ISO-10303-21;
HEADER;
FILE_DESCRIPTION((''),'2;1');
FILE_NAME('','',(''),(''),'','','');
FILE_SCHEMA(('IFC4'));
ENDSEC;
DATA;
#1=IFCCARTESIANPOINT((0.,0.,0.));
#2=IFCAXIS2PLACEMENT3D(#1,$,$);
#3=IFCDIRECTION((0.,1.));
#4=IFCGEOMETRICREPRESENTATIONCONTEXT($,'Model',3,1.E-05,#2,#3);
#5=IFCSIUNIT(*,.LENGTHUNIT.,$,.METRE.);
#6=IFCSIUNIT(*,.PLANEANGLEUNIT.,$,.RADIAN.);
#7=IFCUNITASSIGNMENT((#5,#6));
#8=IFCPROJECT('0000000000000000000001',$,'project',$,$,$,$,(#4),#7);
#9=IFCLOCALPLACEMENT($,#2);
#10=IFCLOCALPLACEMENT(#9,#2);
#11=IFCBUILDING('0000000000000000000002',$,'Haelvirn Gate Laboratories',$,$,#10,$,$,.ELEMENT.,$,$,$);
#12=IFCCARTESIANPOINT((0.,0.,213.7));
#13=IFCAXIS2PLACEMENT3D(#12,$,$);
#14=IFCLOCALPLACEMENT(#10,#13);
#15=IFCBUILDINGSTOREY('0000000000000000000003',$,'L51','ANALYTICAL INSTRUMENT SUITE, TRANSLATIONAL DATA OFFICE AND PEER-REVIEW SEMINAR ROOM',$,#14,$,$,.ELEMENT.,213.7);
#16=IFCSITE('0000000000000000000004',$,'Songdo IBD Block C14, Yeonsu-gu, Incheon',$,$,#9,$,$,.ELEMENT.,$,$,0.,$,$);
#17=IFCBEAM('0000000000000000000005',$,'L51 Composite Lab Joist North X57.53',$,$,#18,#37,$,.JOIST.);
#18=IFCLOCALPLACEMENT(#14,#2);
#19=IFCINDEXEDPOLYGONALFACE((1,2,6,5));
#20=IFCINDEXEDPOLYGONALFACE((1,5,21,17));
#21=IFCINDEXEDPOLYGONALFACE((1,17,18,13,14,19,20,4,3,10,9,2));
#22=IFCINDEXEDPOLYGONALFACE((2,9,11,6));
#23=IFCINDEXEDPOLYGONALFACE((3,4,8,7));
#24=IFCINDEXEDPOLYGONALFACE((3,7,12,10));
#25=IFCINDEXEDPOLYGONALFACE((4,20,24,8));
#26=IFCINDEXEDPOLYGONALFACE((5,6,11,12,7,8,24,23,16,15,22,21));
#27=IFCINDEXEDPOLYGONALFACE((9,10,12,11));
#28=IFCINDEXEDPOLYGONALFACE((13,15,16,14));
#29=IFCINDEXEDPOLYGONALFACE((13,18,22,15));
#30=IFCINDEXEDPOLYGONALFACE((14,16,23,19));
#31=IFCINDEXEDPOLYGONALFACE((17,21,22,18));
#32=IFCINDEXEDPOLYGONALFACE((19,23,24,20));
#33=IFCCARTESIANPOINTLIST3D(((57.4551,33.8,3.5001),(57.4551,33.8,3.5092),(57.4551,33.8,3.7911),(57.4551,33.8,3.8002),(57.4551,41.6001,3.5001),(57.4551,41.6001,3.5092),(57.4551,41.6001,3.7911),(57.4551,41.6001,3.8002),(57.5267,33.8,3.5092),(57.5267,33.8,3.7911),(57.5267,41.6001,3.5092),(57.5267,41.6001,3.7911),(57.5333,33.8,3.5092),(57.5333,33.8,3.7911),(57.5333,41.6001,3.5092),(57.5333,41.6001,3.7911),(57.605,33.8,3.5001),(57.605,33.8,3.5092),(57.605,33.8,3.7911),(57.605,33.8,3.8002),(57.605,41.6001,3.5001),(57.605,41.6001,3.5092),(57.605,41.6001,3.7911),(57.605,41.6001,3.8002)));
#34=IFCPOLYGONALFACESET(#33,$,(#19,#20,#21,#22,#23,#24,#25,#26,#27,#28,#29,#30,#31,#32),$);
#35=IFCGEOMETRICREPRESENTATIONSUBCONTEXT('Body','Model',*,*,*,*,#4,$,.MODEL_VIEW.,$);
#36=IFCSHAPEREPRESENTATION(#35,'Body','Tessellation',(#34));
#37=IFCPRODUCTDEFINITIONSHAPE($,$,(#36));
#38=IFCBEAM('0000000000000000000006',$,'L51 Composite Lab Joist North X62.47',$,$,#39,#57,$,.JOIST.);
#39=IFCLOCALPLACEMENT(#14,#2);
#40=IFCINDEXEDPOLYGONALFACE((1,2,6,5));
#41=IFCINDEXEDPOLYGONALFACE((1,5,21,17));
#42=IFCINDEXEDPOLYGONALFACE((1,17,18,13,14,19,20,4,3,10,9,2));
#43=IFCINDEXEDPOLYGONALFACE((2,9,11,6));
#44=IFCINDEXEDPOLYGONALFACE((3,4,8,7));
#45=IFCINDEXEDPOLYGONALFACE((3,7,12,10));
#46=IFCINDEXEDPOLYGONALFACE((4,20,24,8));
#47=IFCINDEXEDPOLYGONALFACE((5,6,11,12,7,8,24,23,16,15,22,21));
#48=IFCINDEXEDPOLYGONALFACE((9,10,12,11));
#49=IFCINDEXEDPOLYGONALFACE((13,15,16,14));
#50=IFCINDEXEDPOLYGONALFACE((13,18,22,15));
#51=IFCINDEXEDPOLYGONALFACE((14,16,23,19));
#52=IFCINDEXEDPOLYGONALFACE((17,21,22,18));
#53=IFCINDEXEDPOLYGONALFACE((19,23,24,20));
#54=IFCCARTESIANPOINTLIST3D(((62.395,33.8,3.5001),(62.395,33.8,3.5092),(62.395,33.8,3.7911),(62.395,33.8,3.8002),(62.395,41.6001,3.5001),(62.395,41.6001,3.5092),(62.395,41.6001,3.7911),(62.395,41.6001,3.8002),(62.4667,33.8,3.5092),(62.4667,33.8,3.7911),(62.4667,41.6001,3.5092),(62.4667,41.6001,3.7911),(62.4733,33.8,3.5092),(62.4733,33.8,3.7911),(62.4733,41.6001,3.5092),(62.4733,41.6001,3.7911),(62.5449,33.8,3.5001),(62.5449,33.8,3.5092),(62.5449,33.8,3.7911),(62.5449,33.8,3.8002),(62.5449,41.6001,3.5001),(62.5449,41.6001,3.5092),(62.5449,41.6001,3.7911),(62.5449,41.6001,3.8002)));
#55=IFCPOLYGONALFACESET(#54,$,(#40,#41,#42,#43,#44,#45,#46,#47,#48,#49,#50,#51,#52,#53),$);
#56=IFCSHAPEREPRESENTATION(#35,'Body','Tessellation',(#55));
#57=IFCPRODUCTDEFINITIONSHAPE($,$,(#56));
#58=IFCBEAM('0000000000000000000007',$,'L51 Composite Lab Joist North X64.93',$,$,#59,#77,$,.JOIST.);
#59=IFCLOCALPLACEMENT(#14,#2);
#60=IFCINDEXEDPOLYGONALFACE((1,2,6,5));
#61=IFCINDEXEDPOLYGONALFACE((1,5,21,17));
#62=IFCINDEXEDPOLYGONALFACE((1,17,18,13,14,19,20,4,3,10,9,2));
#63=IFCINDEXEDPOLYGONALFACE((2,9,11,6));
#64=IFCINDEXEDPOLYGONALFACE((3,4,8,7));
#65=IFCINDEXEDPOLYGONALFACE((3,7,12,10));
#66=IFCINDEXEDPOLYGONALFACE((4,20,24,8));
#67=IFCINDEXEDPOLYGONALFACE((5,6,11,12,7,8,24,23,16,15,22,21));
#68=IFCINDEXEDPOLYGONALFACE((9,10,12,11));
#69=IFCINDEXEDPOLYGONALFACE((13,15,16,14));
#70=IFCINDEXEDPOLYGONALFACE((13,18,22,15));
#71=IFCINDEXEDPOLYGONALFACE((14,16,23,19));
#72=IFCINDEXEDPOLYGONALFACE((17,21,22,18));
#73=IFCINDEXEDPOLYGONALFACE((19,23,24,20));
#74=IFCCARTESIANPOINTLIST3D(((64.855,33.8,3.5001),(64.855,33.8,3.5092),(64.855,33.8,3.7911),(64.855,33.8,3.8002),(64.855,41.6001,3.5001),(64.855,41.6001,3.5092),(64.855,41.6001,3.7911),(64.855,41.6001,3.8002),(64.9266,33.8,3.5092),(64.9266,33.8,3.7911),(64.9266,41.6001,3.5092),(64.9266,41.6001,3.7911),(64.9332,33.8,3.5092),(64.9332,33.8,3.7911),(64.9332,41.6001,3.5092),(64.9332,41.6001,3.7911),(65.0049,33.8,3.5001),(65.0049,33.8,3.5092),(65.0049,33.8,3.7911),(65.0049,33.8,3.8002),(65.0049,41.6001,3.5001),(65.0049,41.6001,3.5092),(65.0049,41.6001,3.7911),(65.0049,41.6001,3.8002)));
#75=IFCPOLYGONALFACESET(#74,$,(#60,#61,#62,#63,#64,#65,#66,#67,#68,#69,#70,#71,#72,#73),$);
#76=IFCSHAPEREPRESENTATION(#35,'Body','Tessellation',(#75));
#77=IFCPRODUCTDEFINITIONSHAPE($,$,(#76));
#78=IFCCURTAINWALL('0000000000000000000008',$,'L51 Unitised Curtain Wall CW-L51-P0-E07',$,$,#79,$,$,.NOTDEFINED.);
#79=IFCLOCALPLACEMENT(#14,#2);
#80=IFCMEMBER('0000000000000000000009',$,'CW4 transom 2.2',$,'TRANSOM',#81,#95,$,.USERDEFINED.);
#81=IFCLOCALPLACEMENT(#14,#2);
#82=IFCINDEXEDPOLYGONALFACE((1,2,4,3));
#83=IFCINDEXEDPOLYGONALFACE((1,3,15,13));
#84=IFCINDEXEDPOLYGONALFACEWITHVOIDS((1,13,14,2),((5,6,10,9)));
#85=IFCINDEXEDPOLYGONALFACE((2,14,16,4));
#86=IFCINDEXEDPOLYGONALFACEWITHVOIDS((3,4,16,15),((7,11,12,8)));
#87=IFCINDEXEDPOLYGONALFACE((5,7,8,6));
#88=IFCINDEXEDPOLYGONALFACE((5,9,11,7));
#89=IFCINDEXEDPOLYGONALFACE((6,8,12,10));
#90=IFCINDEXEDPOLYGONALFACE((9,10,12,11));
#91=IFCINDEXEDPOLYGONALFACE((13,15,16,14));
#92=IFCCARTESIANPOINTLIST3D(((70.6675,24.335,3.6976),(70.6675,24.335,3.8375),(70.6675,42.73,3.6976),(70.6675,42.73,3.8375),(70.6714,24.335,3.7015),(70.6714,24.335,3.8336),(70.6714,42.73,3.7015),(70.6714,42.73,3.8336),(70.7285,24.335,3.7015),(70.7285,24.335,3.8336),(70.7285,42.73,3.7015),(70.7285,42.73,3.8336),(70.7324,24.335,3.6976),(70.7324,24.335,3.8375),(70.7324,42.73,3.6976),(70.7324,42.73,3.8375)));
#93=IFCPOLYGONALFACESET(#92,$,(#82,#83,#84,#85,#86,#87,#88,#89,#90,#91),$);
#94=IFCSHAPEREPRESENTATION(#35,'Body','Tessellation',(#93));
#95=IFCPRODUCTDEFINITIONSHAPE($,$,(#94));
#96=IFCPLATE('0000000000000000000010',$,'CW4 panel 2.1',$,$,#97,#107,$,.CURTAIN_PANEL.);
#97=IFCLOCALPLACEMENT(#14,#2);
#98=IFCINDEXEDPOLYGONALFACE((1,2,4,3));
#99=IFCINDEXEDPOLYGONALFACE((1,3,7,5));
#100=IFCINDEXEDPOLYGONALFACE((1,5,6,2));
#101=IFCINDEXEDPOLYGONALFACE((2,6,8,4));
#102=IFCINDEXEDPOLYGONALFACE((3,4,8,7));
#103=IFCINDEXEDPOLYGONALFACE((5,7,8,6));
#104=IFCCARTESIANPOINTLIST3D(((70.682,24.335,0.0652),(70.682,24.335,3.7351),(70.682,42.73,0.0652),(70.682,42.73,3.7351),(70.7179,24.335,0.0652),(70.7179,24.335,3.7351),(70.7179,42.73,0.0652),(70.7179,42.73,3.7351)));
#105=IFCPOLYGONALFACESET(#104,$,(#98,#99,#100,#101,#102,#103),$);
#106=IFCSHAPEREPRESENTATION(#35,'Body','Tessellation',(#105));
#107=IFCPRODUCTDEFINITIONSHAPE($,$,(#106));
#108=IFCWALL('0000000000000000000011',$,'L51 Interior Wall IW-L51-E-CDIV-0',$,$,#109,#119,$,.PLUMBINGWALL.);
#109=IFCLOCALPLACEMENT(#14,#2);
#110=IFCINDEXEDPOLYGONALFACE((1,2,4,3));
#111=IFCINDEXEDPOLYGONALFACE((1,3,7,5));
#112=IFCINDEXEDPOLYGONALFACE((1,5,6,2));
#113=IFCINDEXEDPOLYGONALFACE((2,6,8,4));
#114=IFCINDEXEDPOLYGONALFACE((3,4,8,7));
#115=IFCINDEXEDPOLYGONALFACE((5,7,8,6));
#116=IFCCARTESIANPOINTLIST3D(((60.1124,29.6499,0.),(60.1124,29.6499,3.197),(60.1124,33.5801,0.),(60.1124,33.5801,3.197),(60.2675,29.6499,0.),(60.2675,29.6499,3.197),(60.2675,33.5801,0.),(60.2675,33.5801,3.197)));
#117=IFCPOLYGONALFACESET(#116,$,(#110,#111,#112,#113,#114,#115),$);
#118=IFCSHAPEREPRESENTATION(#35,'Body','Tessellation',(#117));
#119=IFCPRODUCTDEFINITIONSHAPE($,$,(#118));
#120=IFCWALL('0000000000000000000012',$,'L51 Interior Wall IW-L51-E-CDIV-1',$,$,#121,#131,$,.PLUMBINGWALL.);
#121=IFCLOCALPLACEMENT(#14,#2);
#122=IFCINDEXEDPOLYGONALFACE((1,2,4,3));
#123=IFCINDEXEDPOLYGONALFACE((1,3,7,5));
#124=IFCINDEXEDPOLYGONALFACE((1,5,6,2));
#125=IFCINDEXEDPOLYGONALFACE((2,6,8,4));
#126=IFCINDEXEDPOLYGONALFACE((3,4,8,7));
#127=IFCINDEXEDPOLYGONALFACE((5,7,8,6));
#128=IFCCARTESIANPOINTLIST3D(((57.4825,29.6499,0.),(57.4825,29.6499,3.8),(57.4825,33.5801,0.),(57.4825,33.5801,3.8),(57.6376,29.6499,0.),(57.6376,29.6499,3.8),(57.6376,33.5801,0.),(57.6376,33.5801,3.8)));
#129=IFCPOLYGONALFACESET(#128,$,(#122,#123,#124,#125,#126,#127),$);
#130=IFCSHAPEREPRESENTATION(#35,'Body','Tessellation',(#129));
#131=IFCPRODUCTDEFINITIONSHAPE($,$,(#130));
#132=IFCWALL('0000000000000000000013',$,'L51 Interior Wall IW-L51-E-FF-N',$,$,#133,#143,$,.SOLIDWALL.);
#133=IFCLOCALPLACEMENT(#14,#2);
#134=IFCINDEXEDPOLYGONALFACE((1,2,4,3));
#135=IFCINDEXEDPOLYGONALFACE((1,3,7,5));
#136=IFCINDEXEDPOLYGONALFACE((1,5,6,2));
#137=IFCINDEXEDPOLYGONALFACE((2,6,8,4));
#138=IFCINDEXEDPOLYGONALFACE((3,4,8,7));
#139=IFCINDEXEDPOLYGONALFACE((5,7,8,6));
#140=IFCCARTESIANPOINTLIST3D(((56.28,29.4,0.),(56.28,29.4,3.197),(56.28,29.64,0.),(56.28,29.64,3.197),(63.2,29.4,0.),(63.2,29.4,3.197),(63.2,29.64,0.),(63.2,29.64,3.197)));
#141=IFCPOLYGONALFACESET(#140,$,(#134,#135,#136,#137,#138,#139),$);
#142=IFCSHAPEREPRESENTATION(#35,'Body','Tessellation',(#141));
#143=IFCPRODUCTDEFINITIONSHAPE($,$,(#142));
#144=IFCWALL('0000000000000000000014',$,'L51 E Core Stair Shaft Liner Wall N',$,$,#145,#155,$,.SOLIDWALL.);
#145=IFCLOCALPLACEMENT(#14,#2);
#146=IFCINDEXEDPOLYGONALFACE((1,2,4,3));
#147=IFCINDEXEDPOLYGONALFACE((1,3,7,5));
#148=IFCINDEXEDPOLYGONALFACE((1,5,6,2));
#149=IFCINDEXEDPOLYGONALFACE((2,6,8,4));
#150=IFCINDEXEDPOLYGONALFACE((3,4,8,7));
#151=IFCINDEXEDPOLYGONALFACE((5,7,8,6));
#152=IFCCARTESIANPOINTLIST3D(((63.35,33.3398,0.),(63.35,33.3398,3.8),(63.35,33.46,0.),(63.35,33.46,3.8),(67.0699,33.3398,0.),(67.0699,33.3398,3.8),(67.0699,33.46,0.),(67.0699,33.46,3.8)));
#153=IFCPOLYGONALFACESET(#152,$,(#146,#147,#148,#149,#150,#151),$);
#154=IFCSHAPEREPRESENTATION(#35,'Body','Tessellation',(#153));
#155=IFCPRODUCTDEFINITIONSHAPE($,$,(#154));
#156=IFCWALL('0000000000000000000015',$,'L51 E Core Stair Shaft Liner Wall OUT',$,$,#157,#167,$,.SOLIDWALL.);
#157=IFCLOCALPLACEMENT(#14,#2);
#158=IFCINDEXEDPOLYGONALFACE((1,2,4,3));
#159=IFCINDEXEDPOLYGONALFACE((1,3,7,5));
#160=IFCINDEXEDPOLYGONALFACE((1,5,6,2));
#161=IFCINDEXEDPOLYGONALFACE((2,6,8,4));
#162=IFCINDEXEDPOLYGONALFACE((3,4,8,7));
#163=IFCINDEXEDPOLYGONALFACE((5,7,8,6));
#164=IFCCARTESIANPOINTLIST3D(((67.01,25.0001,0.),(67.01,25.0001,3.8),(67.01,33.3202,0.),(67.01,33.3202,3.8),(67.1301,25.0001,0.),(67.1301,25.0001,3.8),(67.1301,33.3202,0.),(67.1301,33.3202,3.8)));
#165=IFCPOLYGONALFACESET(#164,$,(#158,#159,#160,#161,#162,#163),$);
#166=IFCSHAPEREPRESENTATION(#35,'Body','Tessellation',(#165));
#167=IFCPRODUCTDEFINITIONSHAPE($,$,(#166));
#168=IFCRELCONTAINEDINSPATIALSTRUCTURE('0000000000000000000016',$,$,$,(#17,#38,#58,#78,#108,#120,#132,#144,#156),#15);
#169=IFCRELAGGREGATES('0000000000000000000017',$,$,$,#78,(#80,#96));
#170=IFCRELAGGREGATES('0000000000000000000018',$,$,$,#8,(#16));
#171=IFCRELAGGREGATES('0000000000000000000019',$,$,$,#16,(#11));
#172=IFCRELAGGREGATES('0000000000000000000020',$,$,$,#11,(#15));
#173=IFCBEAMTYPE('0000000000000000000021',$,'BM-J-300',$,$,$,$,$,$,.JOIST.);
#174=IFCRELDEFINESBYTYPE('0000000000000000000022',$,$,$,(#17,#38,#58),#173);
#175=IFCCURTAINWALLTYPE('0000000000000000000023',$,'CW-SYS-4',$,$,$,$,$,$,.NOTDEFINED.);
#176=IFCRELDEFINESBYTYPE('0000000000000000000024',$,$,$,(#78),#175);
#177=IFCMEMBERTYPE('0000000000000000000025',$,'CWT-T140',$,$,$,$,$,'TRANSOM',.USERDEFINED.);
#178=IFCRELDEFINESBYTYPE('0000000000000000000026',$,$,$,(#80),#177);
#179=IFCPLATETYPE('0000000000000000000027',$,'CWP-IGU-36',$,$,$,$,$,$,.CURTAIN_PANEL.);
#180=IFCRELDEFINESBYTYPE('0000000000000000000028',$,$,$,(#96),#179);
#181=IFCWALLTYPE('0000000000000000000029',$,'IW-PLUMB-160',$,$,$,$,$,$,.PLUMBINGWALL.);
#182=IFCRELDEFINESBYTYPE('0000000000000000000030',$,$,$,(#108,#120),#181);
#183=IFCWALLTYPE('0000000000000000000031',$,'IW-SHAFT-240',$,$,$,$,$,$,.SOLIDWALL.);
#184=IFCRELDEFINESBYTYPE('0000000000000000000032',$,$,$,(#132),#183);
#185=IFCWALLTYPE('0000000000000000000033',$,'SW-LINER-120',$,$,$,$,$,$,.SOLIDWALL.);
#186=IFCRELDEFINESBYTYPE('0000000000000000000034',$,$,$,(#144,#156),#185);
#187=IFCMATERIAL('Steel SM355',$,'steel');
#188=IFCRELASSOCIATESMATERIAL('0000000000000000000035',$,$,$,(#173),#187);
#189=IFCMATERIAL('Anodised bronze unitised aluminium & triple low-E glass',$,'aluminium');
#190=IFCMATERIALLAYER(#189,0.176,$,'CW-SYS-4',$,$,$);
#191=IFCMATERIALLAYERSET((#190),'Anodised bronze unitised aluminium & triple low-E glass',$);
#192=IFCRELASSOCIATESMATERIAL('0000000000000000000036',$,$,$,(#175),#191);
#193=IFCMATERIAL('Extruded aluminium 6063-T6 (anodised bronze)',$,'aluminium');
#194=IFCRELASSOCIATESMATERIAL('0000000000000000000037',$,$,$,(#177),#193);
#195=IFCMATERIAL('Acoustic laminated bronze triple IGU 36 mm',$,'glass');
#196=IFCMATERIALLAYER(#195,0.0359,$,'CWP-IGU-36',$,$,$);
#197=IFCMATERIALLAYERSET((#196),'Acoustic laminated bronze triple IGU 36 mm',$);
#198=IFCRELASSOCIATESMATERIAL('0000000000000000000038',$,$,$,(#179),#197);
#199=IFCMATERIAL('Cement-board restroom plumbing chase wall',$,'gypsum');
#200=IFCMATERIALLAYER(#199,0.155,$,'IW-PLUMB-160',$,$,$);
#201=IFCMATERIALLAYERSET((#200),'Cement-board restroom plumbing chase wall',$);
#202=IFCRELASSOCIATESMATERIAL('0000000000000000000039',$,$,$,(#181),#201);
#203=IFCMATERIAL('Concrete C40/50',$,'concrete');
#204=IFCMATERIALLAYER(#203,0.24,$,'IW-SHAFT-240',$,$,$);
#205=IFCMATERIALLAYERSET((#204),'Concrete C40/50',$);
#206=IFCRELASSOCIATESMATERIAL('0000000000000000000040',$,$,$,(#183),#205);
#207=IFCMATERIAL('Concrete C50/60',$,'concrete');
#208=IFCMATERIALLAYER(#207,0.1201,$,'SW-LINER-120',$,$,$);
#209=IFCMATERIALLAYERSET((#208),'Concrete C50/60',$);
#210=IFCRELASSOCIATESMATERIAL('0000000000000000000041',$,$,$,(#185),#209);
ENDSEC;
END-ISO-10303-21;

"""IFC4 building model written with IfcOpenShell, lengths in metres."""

from ifc_helpers import new_model, si_unit, direction, frame, frame_2d, origin, origin_2d, place, context, subcontext, project, spatial, rectangle, hollow_rectangle, i_section, extrude, source, transform, mapped, material, layer, layer_set, material_profile, profile_set, type_object, type_shapes, element, aggregate, save


model = new_model("IFC4")

# Units and contexts
model_context = context("Model", 3, precision=1e-05, world=origin(), true_north=direction((0.0, 1.0)))
body_context = subcontext(model_context, "Body", "Model", "MODEL_VIEW")
ifc_project = project(units=[si_unit("LENGTHUNIT", "METRE"), si_unit("PLANEANGLEUNIT", "RADIAN")], contexts=[model_context])

# Site, building, storey
site_placement = place(None, origin())
site = spatial("IfcSite", under=ifc_project, at=site_placement, Name="Songdo IBD Block C14, Yeonsu-gu, Incheon", CompositionType="ELEMENT", RefElevation=0.0)
building_placement = place(site_placement, origin())
building = spatial("IfcBuilding", under=site, at=building_placement, Name="Haelvirn Gate Laboratories", CompositionType="ELEMENT")
storey_placement = place(building_placement, frame((0.0, 0.0, 213.7)))
storey = spatial("IfcBuildingStorey", under=building, at=storey_placement, Name="L51", Description="ANALYTICAL INSTRUMENT SUITE, TRANSLATIONAL DATA OFFICE AND PEER-REVIEW SEMINAR ROOM", CompositionType="ELEMENT", Elevation=213.7)

# Beams
ifc_material_1 = material(Name="Steel SM355", Category="steel")
ifc_material_profile_1 = material_profile(ifc_material_1, i_section(OverallWidth=0.1499, OverallDepth=0.3, WebThickness=0.0066, FlangeThickness=0.009, at=origin_2d()), Name="H-300x150x6.5x9")
ifc_profile_set_1 = profile_set([ifc_material_profile_1], Name="Steel SM355")
beam_type = type_object("IfcBeamType", Name="BM-J-300", PredefinedType="JOIST", material=ifc_profile_set_1)
shared_shape_1 = source(origin(), body_context, "Body", "SweptSolid", [
    extrude(i_section(OverallWidth=0.1499, OverallDepth=0.3, WebThickness=0.0066, FlangeThickness=0.009, at=origin_2d()), origin(), (0.0, 0.0, 1.0), 7.8),
])
type_shapes(beam_type, [shared_shape_1])
for number, where, z_axis, x_axis, name in (
    (1, (57.53, 33.8, 3.6501), (0.0, 1.0, 0.0), (-1.0, 0.0, 0.0), "L51 Composite Lab Joist North X57.53"),
    (2, (62.47, 33.8, 3.6501), (0.0, 1.0, 0.0), (-1.0, 0.0, 0.0), "L51 Composite Lab Joist North X62.47"),
    (3, (64.9299, 33.8, 3.6501), (0.0, 1.0, 0.0), (-1.0, 0.0, 0.0), "L51 Composite Lab Joist North X64.93"),
):
    element("IfcBeam", number, at=place(storey_placement, frame(where, z_axis=z_axis, x_axis=x_axis)), inside=storey, type_object=beam_type, Name=name, PredefinedType="JOIST", context=body_context, shape_type="MappedRepresentation", body=[
        mapped(shared_shape_1, transform((0.0, 0.0, 0.0), scale=1.0)),
    ])

# Curtain wall, member, plate
ifc_material_2 = material(Name="Anodised bronze unitised aluminium & triple low-E glass", Category="aluminium")
ifc_layer_1 = layer(ifc_material_2, 0.176, Name="CW-SYS-4")
ifc_layer_set_1 = layer_set([ifc_layer_1], Name="Anodised bronze unitised aluminium & triple low-E glass")
curtain_wall_type = type_object("IfcCurtainWallType", Name="CW-SYS-4", PredefinedType="NOTDEFINED", material=ifc_layer_set_1)
curtain_wall_placement = place(storey_placement, origin())
curtain_wall = element("IfcCurtainWall", 4, at=curtain_wall_placement, inside=storey, type_object=curtain_wall_type, Name="L51 Unitised Curtain Wall CW-L51-P0-E07", PredefinedType="NOTDEFINED")
ifc_material_3 = material(Name="Extruded aluminium 6063-T6 (anodised bronze)", Category="aluminium")
ifc_material_profile_2 = material_profile(ifc_material_3, hollow_rectangle(XDim=0.0649, YDim=0.1399, WallThickness=0.0039, at=origin_2d()), Name="CWT-140x65x4")
ifc_profile_set_2 = profile_set([ifc_material_profile_2], Name="Extruded aluminium 6063-T6 (anodised bronze)")
member_type = type_object("IfcMemberType", Name="CWT-T140", ElementType="TRANSOM", PredefinedType="USERDEFINED", material=ifc_profile_set_2)
shared_shape_2 = source(origin(), body_context, "Body", "SweptSolid", [
    extrude(hollow_rectangle(XDim=0.0649, YDim=0.1399, WallThickness=0.0039, at=origin_2d()), origin(), (0.0, 0.0, 1.0), 18.395),
])
type_shapes(member_type, [shared_shape_2])
member_placement = place(storey_placement, frame((70.7, 24.335, 3.7676), z_axis=(0.0, 1.0, 0.0), x_axis=(-1.0, 0.0, 0.0)))
member = element("IfcMember", 5, at=member_placement, type_object=member_type, Name="CW4 transom 2.2", ObjectType="TRANSOM", PredefinedType="USERDEFINED", context=body_context, shape_type="MappedRepresentation", body=[
    mapped(shared_shape_2, transform((0.0, 0.0, 0.0), scale=1.0)),
])
ifc_material_4 = material(Name="Acoustic laminated bronze triple IGU 36 mm", Category="glass")
ifc_layer_2 = layer(ifc_material_4, 0.0359, Name="CWP-IGU-36")
ifc_layer_set_2 = layer_set([ifc_layer_2], Name="Acoustic laminated bronze triple IGU 36 mm")
plate_type = type_object("IfcPlateType", Name="CWP-IGU-36", PredefinedType="CURTAIN_PANEL", material=ifc_layer_set_2)
shared_shape_3 = source(origin(), body_context, "Body", "SweptSolid", [
    extrude(rectangle(XDim=18.395, YDim=0.0359, at=origin_2d()), origin(), (0.0, 0.0, 1.0), 3.6699),
])
type_shapes(plate_type, [shared_shape_3])
plate_placement = place(storey_placement, frame((70.7, 33.5325, 0.0652), z_axis=(0.0, 0.0, 1.0), x_axis=(0.0, 1.0, 0.0)))
plate = element("IfcPlate", 6, at=plate_placement, type_object=plate_type, Name="CW4 panel 2.1", PredefinedType="CURTAIN_PANEL", context=body_context, shape_type="MappedRepresentation", body=[
    mapped(shared_shape_3, transform((0.0, 0.0, 0.0), scale=1.0)),
])
aggregate(curtain_wall, [member, plate])

# Walls
ifc_material_5 = material(Name="Cement-board restroom plumbing chase wall", Category="gypsum")
ifc_layer_3 = layer(ifc_material_5, 0.155, Name="IW-PLUMB-160")
ifc_layer_set_3 = layer_set([ifc_layer_3], Name="Cement-board restroom plumbing chase wall")
wall_type_1 = type_object("IfcWallType", Name="IW-PLUMB-160", PredefinedType="PLUMBINGWALL", material=ifc_layer_set_3)
wall_1_placement = place(storey_placement, frame((60.1899, 29.6499, 0.0), z_axis=(0.0, 0.0, 1.0), x_axis=(0.0, 1.0, 0.0)))
element("IfcWall", 7, at=wall_1_placement, inside=storey, type_object=wall_type_1, Name="L51 Interior Wall IW-L51-E-CDIV-0", PredefinedType="PLUMBINGWALL", context=body_context, shape_type="SweptSolid", body=[
    extrude(rectangle(XDim=3.9302, YDim=0.155, at=frame_2d((1.9651, 0.0))), origin(), (0.0, 0.0, 1.0), 3.197),
])
wall_2_placement = place(storey_placement, frame((57.5601, 29.6499, 0.0), z_axis=(0.0, 0.0, 1.0), x_axis=(0.0, 1.0, 0.0)))
element("IfcWall", 8, at=wall_2_placement, inside=storey, type_object=wall_type_1, Name="L51 Interior Wall IW-L51-E-CDIV-1", PredefinedType="PLUMBINGWALL", context=body_context, shape_type="SweptSolid", body=[
    extrude(rectangle(XDim=3.9302, YDim=0.155, at=frame_2d((1.9651, 0.0))), origin(), (0.0, 0.0, 1.0), 3.8),
])
ifc_material_6 = material(Name="Concrete C40/50", Category="concrete")
ifc_layer_4 = layer(ifc_material_6, 0.24, Name="IW-SHAFT-240")
ifc_layer_set_4 = layer_set([ifc_layer_4], Name="Concrete C40/50")
wall_type_2 = type_object("IfcWallType", Name="IW-SHAFT-240", PredefinedType="SOLIDWALL", material=ifc_layer_set_4)
wall_3_placement = place(storey_placement, frame((56.28, 29.52, 0.0), z_axis=(0.0, 0.0, 1.0), x_axis=(1.0, 0.0, 0.0)))
element("IfcWall", 9, at=wall_3_placement, inside=storey, type_object=wall_type_2, Name="L51 Interior Wall IW-L51-E-FF-N", PredefinedType="SOLIDWALL", context=body_context, shape_type="SweptSolid", body=[
    extrude(rectangle(XDim=6.9199, YDim=0.24, at=frame_2d((3.46, 0.0))), origin(), (0.0, 0.0, 1.0), 3.197),
])
ifc_material_7 = material(Name="Concrete C50/60", Category="concrete")
ifc_layer_5 = layer(ifc_material_7, 0.1201, Name="SW-LINER-120")
ifc_layer_set_5 = layer_set([ifc_layer_5], Name="Concrete C50/60")
wall_type_3 = type_object("IfcWallType", Name="SW-LINER-120", PredefinedType="SOLIDWALL", material=ifc_layer_set_5)
wall_4_placement = place(storey_placement, frame((63.3501, 33.3999, 0.0), z_axis=(0.0, 0.0, 1.0), x_axis=(1.0, 0.0, 0.0)))
element("IfcWall", 10, at=wall_4_placement, inside=storey, type_object=wall_type_3, Name="L51 E Core Stair Shaft Liner Wall N", PredefinedType="SOLIDWALL", context=body_context, shape_type="SweptSolid", body=[
    extrude(rectangle(XDim=3.72, YDim=0.1201, at=frame_2d((1.8599, 0.0))), origin(), (0.0, 0.0, 1.0), 3.8),
])
wall_5_placement = place(storey_placement, frame((67.0701, 25.0, 0.0), z_axis=(0.0, 0.0, 1.0), x_axis=(0.0, 1.0, 0.0)))
element("IfcWall", 11, at=wall_5_placement, inside=storey, type_object=wall_type_3, Name="L51 E Core Stair Shaft Liner Wall OUT", PredefinedType="SOLIDWALL", context=body_context, shape_type="SweptSolid", body=[
    extrude(rectangle(XDim=8.3201, YDim=0.1201, at=frame_2d((4.1602, 0.0))), origin(), (0.0, 0.0, 1.0), 3.8),
])

save(model, "model.ifc")
